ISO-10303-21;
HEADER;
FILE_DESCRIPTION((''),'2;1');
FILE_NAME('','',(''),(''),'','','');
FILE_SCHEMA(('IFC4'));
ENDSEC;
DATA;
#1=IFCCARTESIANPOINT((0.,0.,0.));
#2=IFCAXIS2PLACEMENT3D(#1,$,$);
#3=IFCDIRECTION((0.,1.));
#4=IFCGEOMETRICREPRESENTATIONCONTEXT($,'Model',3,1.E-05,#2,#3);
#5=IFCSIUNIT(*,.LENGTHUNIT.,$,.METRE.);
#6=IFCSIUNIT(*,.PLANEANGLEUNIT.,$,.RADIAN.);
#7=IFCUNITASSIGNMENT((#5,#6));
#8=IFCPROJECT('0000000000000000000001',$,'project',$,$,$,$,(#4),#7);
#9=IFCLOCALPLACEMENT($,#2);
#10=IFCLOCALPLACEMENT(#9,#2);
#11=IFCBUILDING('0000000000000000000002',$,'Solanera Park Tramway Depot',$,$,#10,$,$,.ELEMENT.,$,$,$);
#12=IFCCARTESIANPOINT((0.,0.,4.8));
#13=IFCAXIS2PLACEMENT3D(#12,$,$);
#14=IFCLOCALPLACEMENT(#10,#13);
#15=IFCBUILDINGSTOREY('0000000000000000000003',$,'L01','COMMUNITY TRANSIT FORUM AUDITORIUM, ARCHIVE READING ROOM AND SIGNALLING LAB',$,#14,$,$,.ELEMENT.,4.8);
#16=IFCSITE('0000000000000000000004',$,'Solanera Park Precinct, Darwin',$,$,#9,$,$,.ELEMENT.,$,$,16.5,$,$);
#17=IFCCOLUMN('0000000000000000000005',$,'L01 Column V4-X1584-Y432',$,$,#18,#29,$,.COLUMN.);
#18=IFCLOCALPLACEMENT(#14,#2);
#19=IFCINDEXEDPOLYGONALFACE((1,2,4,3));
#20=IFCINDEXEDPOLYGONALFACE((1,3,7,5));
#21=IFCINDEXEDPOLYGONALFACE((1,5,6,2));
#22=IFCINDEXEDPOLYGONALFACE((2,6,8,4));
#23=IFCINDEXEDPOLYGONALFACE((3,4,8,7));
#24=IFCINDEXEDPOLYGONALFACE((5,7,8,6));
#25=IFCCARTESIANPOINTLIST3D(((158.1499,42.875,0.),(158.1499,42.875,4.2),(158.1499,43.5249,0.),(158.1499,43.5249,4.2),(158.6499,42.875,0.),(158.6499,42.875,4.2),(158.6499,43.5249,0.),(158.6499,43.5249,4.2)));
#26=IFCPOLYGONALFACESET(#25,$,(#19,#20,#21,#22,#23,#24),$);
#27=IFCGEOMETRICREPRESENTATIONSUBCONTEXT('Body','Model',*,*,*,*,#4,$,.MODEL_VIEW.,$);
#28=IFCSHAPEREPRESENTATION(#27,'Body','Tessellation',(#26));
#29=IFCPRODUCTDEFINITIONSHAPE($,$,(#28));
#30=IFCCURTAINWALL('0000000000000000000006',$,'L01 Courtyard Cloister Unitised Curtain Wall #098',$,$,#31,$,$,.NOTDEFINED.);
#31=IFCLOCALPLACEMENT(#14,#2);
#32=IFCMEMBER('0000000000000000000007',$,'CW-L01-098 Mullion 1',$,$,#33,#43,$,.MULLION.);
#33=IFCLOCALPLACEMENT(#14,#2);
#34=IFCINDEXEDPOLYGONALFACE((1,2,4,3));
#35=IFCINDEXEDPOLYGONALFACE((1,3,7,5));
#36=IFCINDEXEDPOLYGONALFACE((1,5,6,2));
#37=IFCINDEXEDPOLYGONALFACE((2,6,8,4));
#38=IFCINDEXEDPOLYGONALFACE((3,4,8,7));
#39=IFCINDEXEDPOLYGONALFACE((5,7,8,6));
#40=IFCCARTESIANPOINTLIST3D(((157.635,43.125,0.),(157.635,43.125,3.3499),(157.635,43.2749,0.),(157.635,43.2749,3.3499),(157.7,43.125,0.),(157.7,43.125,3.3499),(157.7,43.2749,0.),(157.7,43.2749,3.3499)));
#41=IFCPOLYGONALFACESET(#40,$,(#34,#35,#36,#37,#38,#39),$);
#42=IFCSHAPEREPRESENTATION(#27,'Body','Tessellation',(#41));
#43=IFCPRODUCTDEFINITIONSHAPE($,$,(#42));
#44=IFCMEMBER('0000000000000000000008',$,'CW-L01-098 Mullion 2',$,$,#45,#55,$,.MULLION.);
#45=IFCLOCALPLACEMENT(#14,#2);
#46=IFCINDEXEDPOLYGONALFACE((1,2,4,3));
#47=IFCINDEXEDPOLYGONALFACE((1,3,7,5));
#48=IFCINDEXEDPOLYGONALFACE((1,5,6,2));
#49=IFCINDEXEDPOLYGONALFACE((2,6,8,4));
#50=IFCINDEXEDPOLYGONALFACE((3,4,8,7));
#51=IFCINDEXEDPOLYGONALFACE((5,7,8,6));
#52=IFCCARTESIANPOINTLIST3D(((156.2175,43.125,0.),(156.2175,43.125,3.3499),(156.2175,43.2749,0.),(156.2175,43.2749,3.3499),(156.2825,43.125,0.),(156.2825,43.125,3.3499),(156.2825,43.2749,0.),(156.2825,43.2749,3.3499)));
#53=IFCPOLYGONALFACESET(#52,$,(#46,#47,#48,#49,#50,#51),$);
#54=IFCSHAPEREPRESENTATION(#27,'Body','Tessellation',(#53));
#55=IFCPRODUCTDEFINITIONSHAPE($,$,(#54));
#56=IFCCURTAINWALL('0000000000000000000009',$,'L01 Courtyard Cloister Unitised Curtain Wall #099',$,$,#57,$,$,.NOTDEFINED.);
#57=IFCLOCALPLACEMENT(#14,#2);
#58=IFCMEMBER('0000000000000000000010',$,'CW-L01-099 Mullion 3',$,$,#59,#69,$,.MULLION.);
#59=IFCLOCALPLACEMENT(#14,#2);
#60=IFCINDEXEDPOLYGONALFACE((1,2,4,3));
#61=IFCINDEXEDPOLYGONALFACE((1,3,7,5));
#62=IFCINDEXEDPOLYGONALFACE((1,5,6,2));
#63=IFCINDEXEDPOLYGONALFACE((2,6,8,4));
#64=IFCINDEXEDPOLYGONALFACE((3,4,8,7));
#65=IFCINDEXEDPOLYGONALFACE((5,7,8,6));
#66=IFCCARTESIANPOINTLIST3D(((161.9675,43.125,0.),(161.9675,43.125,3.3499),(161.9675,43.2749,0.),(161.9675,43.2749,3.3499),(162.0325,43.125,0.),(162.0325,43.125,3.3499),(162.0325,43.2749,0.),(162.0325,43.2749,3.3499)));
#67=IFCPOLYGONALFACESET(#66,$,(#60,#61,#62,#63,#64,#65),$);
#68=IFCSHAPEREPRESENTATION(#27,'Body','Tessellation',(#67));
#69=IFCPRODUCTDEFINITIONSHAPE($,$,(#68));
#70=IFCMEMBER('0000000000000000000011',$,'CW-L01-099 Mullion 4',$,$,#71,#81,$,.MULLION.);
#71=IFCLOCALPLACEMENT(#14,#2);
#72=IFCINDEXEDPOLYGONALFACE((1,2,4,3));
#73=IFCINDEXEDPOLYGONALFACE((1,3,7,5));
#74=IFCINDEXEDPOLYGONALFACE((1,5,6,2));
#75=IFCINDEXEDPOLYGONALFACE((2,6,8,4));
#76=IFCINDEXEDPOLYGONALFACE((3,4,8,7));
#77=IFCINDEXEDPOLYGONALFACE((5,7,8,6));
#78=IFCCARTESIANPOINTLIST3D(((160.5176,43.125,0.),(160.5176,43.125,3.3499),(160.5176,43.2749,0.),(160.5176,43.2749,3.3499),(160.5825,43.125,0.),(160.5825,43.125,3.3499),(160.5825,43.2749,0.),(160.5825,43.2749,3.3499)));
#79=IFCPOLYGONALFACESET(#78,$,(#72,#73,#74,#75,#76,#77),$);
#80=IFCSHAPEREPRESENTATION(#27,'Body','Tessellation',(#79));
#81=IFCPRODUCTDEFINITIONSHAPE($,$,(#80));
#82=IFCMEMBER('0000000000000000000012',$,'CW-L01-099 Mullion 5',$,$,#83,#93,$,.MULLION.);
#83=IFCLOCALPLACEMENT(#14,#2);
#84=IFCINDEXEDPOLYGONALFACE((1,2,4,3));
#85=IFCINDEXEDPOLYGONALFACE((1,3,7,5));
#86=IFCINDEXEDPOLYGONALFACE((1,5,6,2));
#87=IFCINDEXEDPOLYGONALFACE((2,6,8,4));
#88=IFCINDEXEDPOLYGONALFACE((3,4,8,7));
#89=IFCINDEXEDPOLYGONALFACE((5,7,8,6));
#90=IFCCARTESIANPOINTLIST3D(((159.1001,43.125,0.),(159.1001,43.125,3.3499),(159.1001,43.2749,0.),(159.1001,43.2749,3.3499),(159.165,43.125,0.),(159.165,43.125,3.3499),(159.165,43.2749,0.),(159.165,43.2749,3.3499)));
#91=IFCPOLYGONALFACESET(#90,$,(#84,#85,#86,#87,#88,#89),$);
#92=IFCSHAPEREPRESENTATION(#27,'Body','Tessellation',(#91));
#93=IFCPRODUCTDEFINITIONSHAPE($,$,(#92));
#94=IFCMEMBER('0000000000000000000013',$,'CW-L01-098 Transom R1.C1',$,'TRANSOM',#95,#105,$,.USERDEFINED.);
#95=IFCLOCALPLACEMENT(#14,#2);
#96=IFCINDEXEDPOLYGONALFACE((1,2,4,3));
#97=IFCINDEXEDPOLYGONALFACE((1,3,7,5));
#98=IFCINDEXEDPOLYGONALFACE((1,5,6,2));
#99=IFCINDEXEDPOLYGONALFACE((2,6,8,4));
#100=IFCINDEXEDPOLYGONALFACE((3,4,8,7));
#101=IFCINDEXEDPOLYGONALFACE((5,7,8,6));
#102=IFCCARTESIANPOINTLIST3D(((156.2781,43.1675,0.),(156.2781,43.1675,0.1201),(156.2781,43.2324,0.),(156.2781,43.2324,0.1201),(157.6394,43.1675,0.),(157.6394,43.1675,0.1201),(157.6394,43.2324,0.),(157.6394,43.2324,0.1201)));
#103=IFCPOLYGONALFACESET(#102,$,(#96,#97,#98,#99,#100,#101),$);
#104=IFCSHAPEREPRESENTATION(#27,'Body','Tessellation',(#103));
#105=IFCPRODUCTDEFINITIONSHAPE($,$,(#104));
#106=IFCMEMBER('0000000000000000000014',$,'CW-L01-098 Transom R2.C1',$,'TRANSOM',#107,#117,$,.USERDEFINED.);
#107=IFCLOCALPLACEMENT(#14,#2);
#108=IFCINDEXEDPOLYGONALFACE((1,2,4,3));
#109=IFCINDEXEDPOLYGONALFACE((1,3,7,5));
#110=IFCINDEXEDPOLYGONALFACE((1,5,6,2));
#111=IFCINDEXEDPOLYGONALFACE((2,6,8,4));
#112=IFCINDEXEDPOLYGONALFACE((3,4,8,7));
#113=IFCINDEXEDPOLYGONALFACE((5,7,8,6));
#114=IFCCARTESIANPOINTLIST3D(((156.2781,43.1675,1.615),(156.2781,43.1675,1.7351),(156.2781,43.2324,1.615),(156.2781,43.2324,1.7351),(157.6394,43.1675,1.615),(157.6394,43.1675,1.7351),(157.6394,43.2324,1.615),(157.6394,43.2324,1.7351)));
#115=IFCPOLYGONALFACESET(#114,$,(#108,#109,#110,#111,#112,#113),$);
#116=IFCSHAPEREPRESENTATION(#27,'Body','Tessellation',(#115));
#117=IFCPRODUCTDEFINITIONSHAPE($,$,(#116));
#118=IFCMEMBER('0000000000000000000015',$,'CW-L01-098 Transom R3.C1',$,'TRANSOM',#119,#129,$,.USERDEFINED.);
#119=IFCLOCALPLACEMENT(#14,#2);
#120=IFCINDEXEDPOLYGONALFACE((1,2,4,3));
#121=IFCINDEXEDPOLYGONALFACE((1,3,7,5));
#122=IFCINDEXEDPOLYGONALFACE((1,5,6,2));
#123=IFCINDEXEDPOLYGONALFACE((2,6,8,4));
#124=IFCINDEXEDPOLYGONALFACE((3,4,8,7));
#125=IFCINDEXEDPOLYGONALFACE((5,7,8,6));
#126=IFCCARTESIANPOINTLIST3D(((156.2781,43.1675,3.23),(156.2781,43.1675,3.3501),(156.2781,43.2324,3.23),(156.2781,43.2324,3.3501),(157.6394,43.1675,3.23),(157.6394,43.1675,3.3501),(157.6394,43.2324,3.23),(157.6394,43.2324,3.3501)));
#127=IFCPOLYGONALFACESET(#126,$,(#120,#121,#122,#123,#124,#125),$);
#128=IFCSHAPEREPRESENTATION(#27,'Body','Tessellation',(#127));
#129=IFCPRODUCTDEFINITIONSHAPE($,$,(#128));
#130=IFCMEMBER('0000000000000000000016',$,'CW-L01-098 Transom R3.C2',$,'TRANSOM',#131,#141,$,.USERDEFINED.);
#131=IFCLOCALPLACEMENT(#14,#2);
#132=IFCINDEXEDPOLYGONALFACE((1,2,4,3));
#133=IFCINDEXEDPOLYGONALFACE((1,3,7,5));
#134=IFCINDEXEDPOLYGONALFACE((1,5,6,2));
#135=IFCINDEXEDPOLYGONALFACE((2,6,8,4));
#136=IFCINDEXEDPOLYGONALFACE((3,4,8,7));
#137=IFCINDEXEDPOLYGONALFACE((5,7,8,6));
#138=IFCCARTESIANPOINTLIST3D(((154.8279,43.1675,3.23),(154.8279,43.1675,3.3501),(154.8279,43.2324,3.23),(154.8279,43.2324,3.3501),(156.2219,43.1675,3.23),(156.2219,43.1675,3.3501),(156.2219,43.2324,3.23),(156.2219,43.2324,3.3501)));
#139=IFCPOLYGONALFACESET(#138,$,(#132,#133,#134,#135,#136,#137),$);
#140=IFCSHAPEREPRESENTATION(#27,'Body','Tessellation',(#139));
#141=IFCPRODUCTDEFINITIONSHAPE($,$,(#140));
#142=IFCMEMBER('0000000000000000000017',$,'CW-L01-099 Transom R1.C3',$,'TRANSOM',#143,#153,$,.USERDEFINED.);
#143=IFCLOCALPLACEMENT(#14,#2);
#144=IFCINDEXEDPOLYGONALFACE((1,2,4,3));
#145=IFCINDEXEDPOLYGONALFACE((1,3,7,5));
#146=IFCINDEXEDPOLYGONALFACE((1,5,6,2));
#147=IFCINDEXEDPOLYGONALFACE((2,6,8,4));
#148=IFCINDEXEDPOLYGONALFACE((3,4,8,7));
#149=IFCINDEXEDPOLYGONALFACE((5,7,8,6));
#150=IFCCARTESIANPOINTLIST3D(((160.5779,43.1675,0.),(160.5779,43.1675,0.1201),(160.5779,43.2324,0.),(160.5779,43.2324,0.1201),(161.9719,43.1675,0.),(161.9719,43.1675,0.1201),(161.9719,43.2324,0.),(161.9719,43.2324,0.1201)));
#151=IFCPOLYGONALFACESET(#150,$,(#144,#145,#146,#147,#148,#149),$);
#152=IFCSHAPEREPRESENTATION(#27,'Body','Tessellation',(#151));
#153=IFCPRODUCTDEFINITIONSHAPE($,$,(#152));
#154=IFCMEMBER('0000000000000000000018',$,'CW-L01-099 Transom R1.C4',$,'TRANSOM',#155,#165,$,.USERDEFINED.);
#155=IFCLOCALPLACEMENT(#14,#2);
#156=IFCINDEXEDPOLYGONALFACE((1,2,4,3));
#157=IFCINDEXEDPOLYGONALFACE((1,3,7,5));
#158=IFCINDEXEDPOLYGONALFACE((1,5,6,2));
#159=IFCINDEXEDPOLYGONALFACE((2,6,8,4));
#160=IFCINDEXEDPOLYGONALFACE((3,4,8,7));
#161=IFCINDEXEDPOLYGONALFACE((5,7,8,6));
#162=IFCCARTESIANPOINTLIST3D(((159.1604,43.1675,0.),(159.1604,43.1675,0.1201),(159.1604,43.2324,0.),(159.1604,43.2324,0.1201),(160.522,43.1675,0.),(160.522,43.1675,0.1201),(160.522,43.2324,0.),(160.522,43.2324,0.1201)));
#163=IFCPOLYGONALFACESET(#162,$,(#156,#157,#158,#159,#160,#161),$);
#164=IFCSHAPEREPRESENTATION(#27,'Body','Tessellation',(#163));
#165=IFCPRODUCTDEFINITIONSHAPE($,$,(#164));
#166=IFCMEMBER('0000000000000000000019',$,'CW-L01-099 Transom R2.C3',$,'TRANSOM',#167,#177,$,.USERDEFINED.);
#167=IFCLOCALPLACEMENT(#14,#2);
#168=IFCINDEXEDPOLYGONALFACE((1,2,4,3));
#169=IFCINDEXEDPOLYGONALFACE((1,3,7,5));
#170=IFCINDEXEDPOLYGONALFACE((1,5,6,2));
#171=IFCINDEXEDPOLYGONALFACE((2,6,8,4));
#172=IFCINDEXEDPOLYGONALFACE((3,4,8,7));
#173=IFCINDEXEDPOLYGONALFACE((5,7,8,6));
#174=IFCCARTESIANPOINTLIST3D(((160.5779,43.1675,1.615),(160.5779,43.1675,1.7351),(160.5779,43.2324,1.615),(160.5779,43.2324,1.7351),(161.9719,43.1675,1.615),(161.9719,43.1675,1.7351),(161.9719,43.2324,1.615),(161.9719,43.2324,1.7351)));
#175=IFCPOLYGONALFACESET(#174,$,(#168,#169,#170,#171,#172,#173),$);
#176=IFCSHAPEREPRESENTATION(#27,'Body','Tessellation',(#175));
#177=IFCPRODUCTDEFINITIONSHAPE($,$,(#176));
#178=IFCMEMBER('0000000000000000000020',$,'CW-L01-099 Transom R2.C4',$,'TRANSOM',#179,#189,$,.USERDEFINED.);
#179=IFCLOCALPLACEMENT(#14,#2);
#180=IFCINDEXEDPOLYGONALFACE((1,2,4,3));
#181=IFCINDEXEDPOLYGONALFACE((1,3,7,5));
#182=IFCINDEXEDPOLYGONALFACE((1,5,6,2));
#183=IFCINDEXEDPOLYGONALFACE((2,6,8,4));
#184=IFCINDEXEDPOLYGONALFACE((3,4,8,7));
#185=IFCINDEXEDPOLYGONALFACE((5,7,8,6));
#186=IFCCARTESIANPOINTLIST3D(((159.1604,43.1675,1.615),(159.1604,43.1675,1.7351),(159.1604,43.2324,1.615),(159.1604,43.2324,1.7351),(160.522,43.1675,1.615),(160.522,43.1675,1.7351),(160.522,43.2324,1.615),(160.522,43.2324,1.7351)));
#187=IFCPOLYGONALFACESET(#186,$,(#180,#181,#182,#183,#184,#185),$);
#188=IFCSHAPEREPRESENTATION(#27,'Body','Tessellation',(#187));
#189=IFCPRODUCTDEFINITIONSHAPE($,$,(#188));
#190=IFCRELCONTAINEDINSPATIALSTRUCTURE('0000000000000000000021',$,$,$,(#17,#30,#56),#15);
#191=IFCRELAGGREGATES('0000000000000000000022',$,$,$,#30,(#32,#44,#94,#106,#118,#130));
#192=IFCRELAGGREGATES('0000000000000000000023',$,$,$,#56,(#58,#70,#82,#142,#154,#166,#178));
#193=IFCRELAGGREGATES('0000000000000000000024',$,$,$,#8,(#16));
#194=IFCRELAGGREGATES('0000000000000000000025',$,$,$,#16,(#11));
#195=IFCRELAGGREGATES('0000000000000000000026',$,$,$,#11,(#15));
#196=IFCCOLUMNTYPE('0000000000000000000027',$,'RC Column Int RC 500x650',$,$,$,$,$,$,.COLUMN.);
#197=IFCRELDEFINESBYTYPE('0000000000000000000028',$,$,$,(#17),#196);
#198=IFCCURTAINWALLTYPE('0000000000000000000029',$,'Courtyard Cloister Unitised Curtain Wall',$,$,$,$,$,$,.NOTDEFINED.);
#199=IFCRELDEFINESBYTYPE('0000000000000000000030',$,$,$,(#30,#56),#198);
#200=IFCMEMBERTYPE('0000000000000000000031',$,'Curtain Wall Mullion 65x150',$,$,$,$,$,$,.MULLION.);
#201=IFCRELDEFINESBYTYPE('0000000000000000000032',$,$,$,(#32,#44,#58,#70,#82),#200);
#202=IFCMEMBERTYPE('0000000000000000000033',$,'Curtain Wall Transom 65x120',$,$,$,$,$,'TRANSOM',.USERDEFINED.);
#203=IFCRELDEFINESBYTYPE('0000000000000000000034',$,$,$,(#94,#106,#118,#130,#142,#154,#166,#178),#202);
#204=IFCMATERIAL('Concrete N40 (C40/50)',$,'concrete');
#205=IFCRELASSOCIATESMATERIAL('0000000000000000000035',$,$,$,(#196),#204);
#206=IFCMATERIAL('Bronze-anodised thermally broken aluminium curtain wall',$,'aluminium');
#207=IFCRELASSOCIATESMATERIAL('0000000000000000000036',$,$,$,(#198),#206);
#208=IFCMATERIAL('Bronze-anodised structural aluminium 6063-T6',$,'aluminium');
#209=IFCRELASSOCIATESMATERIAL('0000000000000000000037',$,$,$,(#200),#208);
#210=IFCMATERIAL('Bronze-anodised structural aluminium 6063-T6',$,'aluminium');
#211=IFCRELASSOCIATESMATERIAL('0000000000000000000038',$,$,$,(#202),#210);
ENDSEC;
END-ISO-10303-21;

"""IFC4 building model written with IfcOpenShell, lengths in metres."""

from ifc_helpers import new_model, si_unit, direction, frame, origin, origin_2d, place, context, subcontext, project, spatial, rectangle, extrude, material, material_profile, profile_set, type_object, element, aggregate, save


model = new_model("IFC4")

# Units and contexts
model_context = context("Model", 3, precision=1e-05, world=origin(), true_north=direction((0.0, 1.0)))
body_context = subcontext(model_context, "Body", "Model", "MODEL_VIEW")
ifc_project = project(units=[si_unit("LENGTHUNIT", "METRE"), si_unit("PLANEANGLEUNIT", "RADIAN")], contexts=[model_context])

# Site, building, storey
site_placement = place(None, origin())
site = spatial("IfcSite", under=ifc_project, at=site_placement, Name="Solanera Park Precinct, Darwin", CompositionType="ELEMENT", RefElevation=16.5)
building_placement = place(site_placement, origin())
building = spatial("IfcBuilding", under=site, at=building_placement, Name="Solanera Park Tramway Depot", CompositionType="ELEMENT")
storey_placement = place(building_placement, frame((0.0, 0.0, 4.8)))
storey = spatial("IfcBuildingStorey", under=building, at=storey_placement, Name="L01", Description="COMMUNITY TRANSIT FORUM AUDITORIUM, ARCHIVE READING ROOM AND SIGNALLING LAB", CompositionType="ELEMENT", Elevation=4.8)

# Column
ifc_material_1 = material(Name="Concrete N40 (C40/50)", Category="concrete")
ifc_material_profile_1 = material_profile(ifc_material_1, rectangle(XDim=0.5, YDim=0.6499, at=origin_2d()), Name="RC 500x650")
ifc_profile_set_1 = profile_set([ifc_material_profile_1], Name="Concrete N40 (C40/50)")
column_type = type_object("IfcColumnType", Name="RC Column Int RC 500x650", PredefinedType="COLUMN", material=ifc_profile_set_1)
column_placement = place(storey_placement, frame((158.3999, 43.2, 0.0), z_axis=(0.0, 0.0, 1.0), x_axis=(1.0, 0.0, 0.0)))
element("IfcColumn", 1, at=column_placement, inside=storey, type_object=column_type, Name="L01 Column V4-X1584-Y432", PredefinedType="COLUMN", context=body_context, shape_type="SweptSolid", body=[
    extrude(rectangle(XDim=0.5, YDim=0.6499, at=origin_2d()), origin(), (0.0, 0.0, 1.0), 4.2),
])

# Curtain walls, members
ifc_material_2 = material(Name="Bronze-anodised thermally broken aluminium curtain wall", Category="aluminium")
curtain_wall_type = type_object("IfcCurtainWallType", Name="Courtyard Cloister Unitised Curtain Wall", PredefinedType="NOTDEFINED", material=ifc_material_2)
curtain_wall_1_placement = place(storey_placement, origin())
curtain_wall_1 = element("IfcCurtainWall", 2, at=curtain_wall_1_placement, inside=storey, type_object=curtain_wall_type, Name="L01 Courtyard Cloister Unitised Curtain Wall #098", PredefinedType="NOTDEFINED")
ifc_material_3 = material(Name="Bronze-anodised structural aluminium 6063-T6", Category="aluminium")
ifc_material_profile_2 = material_profile(ifc_material_3, rectangle(XDim=0.0649, YDim=0.1499, at=origin_2d()), Name="Curtain Wall Mullion 65x150")
ifc_profile_set_2 = profile_set([ifc_material_profile_2], Name="Bronze-anodised structural aluminium 6063-T6")
member_type_1 = type_object("IfcMemberType", Name="Curtain Wall Mullion 65x150", PredefinedType="MULLION", material=ifc_profile_set_2)
member_1_placement = place(storey_placement, frame((157.6675, 43.2, 0.0), z_axis=(0.0, 0.0, 1.0), x_axis=(1.0, 0.0, 0.0)))
member_1 = element("IfcMember", 3, at=member_1_placement, type_object=member_type_1, Name="CW-L01-098 Mullion 1", PredefinedType="MULLION", context=body_context, shape_type="SweptSolid", body=[
    extrude(rectangle(XDim=0.0649, YDim=0.1499, at=origin_2d()), origin(), (0.0, 0.0, 1.0), 3.3499),
])
member_2_placement = place(storey_placement, frame((156.25, 43.2, 0.0), z_axis=(0.0, 0.0, 1.0), x_axis=(1.0, 0.0, 0.0)))
member_2 = element("IfcMember", 4, at=member_2_placement, type_object=member_type_1, Name="CW-L01-098 Mullion 2", PredefinedType="MULLION", context=body_context, shape_type="SweptSolid", body=[
    extrude(rectangle(XDim=0.0649, YDim=0.1499, at=origin_2d()), origin(), (0.0, 0.0, 1.0), 3.3499),
])
curtain_wall_2_placement = place(storey_placement, origin())
curtain_wall_2 = element("IfcCurtainWall", 5, at=curtain_wall_2_placement, inside=storey, type_object=curtain_wall_type, Name="L01 Courtyard Cloister Unitised Curtain Wall #099", PredefinedType="NOTDEFINED")
member_3_placement = place(storey_placement, frame((162.0, 43.2, 0.0), z_axis=(0.0, 0.0, 1.0), x_axis=(1.0, 0.0, 0.0)))
member_3 = element("IfcMember", 6, at=member_3_placement, type_object=member_type_1, Name="CW-L01-099 Mullion 3", PredefinedType="MULLION", context=body_context, shape_type="SweptSolid", body=[
    extrude(rectangle(XDim=0.0649, YDim=0.1499, at=origin_2d()), origin(), (0.0, 0.0, 1.0), 3.3499),
])
member_4_placement = place(storey_placement, frame((160.55, 43.2, 0.0), z_axis=(0.0, 0.0, 1.0), x_axis=(1.0, 0.0, 0.0)))
member_4 = element("IfcMember", 7, at=member_4_placement, type_object=member_type_1, Name="CW-L01-099 Mullion 4", PredefinedType="MULLION", context=body_context, shape_type="SweptSolid", body=[
    extrude(rectangle(XDim=0.0649, YDim=0.1499, at=origin_2d()), origin(), (0.0, 0.0, 1.0), 3.3499),
])
member_5_placement = place(storey_placement, frame((159.1326, 43.2, 0.0), z_axis=(0.0, 0.0, 1.0), x_axis=(1.0, 0.0, 0.0)))
member_5 = element("IfcMember", 8, at=member_5_placement, type_object=member_type_1, Name="CW-L01-099 Mullion 5", PredefinedType="MULLION", context=body_context, shape_type="SweptSolid", body=[
    extrude(rectangle(XDim=0.0649, YDim=0.1499, at=origin_2d()), origin(), (0.0, 0.0, 1.0), 3.3499),
])

# Members
ifc_material_4 = material(Name="Bronze-anodised structural aluminium 6063-T6", Category="aluminium")
ifc_material_profile_3 = material_profile(ifc_material_4, rectangle(XDim=0.0649, YDim=0.1201, at=origin_2d()), Name="Curtain Wall Transom 65x120")
ifc_profile_set_3 = profile_set([ifc_material_profile_3], Name="Bronze-anodised structural aluminium 6063-T6")
member_type_2 = type_object("IfcMemberType", Name="Curtain Wall Transom 65x120", ElementType="TRANSOM", PredefinedType="USERDEFINED", material=ifc_profile_set_3)
member_6_placement = place(storey_placement, frame((157.6394, 43.2, 0.0601), z_axis=(-1.0, 0.0, 0.0), x_axis=(0.0, -1.0, 0.0)))
member_6 = element("IfcMember", 9, at=member_6_placement, type_object=member_type_2, Name="CW-L01-098 Transom R1.C1", ObjectType="TRANSOM", PredefinedType="USERDEFINED", context=body_context, shape_type="SweptSolid", body=[
    extrude(rectangle(XDim=0.0649, YDim=0.1201, at=origin_2d()), origin(), (0.0, 0.0, 1.0), 1.3613),
])
member_7_placement = place(storey_placement, frame((157.6394, 43.2, 1.675), z_axis=(-1.0, 0.0, 0.0), x_axis=(0.0, -1.0, 0.0)))
member_7 = element("IfcMember", 10, at=member_7_placement, type_object=member_type_2, Name="CW-L01-098 Transom R2.C1", ObjectType="TRANSOM", PredefinedType="USERDEFINED", context=body_context, shape_type="SweptSolid", body=[
    extrude(rectangle(XDim=0.0649, YDim=0.1201, at=origin_2d()), origin(), (0.0, 0.0, 1.0), 1.3613),
])
member_8_placement = place(storey_placement, frame((157.6394, 43.2, 3.29), z_axis=(-1.0, 0.0, 0.0), x_axis=(0.0, -1.0, 0.0)))
member_8 = element("IfcMember", 11, at=member_8_placement, type_object=member_type_2, Name="CW-L01-098 Transom R3.C1", ObjectType="TRANSOM", PredefinedType="USERDEFINED", context=body_context, shape_type="SweptSolid", body=[
    extrude(rectangle(XDim=0.0649, YDim=0.1201, at=origin_2d()), origin(), (0.0, 0.0, 1.0), 1.3613),
])
member_9_placement = place(storey_placement, frame((156.2219, 43.2, 3.29), z_axis=(-1.0, 0.0, 0.0), x_axis=(0.0, -1.0, 0.0)))
member_9 = element("IfcMember", 12, at=member_9_placement, type_object=member_type_2, Name="CW-L01-098 Transom R3.C2", ObjectType="TRANSOM", PredefinedType="USERDEFINED", context=body_context, shape_type="SweptSolid", body=[
    extrude(rectangle(XDim=0.0649, YDim=0.1201, at=origin_2d()), origin(), (0.0, 0.0, 1.0), 1.394),
])
member_10_placement = place(storey_placement, frame((161.9719, 43.2, 0.0601), z_axis=(-1.0, 0.0, 0.0), x_axis=(0.0, -1.0, 0.0)))
member_10 = element("IfcMember", 13, at=member_10_placement, type_object=member_type_2, Name="CW-L01-099 Transom R1.C3", ObjectType="TRANSOM", PredefinedType="USERDEFINED", context=body_context, shape_type="SweptSolid", body=[
    extrude(rectangle(XDim=0.0649, YDim=0.1201, at=origin_2d()), origin(), (0.0, 0.0, 1.0), 1.394),
])
member_11_placement = place(storey_placement, frame((160.522, 43.2, 0.0601), z_axis=(-1.0, 0.0, 0.0), x_axis=(0.0, -1.0, 0.0)))
member_11 = element("IfcMember", 14, at=member_11_placement, type_object=member_type_2, Name="CW-L01-099 Transom R1.C4", ObjectType="TRANSOM", PredefinedType="USERDEFINED", context=body_context, shape_type="SweptSolid", body=[
    extrude(rectangle(XDim=0.0649, YDim=0.1201, at=origin_2d()), origin(), (0.0, 0.0, 1.0), 1.3616),
])
member_12_placement = place(storey_placement, frame((161.9719, 43.2, 1.675), z_axis=(-1.0, 0.0, 0.0), x_axis=(0.0, -1.0, 0.0)))
member_12 = element("IfcMember", 15, at=member_12_placement, type_object=member_type_2, Name="CW-L01-099 Transom R2.C3", ObjectType="TRANSOM", PredefinedType="USERDEFINED", context=body_context, shape_type="SweptSolid", body=[
    extrude(rectangle(XDim=0.0649, YDim=0.1201, at=origin_2d()), origin(), (0.0, 0.0, 1.0), 1.394),
])
member_13_placement = place(storey_placement, frame((160.522, 43.2, 1.675), z_axis=(-1.0, 0.0, 0.0), x_axis=(0.0, -1.0, 0.0)))
member_13 = element("IfcMember", 16, at=member_13_placement, type_object=member_type_2, Name="CW-L01-099 Transom R2.C4", ObjectType="TRANSOM", PredefinedType="USERDEFINED", context=body_context, shape_type="SweptSolid", body=[
    extrude(rectangle(XDim=0.0649, YDim=0.1201, at=origin_2d()), origin(), (0.0, 0.0, 1.0), 1.3616),
])

aggregate(curtain_wall_1, [member_1, member_2, member_6, member_7, member_8, member_9])
aggregate(curtain_wall_2, [member_3, member_4, member_5, member_10, member_11, member_12, member_13])

save(model, "model.ifc")
